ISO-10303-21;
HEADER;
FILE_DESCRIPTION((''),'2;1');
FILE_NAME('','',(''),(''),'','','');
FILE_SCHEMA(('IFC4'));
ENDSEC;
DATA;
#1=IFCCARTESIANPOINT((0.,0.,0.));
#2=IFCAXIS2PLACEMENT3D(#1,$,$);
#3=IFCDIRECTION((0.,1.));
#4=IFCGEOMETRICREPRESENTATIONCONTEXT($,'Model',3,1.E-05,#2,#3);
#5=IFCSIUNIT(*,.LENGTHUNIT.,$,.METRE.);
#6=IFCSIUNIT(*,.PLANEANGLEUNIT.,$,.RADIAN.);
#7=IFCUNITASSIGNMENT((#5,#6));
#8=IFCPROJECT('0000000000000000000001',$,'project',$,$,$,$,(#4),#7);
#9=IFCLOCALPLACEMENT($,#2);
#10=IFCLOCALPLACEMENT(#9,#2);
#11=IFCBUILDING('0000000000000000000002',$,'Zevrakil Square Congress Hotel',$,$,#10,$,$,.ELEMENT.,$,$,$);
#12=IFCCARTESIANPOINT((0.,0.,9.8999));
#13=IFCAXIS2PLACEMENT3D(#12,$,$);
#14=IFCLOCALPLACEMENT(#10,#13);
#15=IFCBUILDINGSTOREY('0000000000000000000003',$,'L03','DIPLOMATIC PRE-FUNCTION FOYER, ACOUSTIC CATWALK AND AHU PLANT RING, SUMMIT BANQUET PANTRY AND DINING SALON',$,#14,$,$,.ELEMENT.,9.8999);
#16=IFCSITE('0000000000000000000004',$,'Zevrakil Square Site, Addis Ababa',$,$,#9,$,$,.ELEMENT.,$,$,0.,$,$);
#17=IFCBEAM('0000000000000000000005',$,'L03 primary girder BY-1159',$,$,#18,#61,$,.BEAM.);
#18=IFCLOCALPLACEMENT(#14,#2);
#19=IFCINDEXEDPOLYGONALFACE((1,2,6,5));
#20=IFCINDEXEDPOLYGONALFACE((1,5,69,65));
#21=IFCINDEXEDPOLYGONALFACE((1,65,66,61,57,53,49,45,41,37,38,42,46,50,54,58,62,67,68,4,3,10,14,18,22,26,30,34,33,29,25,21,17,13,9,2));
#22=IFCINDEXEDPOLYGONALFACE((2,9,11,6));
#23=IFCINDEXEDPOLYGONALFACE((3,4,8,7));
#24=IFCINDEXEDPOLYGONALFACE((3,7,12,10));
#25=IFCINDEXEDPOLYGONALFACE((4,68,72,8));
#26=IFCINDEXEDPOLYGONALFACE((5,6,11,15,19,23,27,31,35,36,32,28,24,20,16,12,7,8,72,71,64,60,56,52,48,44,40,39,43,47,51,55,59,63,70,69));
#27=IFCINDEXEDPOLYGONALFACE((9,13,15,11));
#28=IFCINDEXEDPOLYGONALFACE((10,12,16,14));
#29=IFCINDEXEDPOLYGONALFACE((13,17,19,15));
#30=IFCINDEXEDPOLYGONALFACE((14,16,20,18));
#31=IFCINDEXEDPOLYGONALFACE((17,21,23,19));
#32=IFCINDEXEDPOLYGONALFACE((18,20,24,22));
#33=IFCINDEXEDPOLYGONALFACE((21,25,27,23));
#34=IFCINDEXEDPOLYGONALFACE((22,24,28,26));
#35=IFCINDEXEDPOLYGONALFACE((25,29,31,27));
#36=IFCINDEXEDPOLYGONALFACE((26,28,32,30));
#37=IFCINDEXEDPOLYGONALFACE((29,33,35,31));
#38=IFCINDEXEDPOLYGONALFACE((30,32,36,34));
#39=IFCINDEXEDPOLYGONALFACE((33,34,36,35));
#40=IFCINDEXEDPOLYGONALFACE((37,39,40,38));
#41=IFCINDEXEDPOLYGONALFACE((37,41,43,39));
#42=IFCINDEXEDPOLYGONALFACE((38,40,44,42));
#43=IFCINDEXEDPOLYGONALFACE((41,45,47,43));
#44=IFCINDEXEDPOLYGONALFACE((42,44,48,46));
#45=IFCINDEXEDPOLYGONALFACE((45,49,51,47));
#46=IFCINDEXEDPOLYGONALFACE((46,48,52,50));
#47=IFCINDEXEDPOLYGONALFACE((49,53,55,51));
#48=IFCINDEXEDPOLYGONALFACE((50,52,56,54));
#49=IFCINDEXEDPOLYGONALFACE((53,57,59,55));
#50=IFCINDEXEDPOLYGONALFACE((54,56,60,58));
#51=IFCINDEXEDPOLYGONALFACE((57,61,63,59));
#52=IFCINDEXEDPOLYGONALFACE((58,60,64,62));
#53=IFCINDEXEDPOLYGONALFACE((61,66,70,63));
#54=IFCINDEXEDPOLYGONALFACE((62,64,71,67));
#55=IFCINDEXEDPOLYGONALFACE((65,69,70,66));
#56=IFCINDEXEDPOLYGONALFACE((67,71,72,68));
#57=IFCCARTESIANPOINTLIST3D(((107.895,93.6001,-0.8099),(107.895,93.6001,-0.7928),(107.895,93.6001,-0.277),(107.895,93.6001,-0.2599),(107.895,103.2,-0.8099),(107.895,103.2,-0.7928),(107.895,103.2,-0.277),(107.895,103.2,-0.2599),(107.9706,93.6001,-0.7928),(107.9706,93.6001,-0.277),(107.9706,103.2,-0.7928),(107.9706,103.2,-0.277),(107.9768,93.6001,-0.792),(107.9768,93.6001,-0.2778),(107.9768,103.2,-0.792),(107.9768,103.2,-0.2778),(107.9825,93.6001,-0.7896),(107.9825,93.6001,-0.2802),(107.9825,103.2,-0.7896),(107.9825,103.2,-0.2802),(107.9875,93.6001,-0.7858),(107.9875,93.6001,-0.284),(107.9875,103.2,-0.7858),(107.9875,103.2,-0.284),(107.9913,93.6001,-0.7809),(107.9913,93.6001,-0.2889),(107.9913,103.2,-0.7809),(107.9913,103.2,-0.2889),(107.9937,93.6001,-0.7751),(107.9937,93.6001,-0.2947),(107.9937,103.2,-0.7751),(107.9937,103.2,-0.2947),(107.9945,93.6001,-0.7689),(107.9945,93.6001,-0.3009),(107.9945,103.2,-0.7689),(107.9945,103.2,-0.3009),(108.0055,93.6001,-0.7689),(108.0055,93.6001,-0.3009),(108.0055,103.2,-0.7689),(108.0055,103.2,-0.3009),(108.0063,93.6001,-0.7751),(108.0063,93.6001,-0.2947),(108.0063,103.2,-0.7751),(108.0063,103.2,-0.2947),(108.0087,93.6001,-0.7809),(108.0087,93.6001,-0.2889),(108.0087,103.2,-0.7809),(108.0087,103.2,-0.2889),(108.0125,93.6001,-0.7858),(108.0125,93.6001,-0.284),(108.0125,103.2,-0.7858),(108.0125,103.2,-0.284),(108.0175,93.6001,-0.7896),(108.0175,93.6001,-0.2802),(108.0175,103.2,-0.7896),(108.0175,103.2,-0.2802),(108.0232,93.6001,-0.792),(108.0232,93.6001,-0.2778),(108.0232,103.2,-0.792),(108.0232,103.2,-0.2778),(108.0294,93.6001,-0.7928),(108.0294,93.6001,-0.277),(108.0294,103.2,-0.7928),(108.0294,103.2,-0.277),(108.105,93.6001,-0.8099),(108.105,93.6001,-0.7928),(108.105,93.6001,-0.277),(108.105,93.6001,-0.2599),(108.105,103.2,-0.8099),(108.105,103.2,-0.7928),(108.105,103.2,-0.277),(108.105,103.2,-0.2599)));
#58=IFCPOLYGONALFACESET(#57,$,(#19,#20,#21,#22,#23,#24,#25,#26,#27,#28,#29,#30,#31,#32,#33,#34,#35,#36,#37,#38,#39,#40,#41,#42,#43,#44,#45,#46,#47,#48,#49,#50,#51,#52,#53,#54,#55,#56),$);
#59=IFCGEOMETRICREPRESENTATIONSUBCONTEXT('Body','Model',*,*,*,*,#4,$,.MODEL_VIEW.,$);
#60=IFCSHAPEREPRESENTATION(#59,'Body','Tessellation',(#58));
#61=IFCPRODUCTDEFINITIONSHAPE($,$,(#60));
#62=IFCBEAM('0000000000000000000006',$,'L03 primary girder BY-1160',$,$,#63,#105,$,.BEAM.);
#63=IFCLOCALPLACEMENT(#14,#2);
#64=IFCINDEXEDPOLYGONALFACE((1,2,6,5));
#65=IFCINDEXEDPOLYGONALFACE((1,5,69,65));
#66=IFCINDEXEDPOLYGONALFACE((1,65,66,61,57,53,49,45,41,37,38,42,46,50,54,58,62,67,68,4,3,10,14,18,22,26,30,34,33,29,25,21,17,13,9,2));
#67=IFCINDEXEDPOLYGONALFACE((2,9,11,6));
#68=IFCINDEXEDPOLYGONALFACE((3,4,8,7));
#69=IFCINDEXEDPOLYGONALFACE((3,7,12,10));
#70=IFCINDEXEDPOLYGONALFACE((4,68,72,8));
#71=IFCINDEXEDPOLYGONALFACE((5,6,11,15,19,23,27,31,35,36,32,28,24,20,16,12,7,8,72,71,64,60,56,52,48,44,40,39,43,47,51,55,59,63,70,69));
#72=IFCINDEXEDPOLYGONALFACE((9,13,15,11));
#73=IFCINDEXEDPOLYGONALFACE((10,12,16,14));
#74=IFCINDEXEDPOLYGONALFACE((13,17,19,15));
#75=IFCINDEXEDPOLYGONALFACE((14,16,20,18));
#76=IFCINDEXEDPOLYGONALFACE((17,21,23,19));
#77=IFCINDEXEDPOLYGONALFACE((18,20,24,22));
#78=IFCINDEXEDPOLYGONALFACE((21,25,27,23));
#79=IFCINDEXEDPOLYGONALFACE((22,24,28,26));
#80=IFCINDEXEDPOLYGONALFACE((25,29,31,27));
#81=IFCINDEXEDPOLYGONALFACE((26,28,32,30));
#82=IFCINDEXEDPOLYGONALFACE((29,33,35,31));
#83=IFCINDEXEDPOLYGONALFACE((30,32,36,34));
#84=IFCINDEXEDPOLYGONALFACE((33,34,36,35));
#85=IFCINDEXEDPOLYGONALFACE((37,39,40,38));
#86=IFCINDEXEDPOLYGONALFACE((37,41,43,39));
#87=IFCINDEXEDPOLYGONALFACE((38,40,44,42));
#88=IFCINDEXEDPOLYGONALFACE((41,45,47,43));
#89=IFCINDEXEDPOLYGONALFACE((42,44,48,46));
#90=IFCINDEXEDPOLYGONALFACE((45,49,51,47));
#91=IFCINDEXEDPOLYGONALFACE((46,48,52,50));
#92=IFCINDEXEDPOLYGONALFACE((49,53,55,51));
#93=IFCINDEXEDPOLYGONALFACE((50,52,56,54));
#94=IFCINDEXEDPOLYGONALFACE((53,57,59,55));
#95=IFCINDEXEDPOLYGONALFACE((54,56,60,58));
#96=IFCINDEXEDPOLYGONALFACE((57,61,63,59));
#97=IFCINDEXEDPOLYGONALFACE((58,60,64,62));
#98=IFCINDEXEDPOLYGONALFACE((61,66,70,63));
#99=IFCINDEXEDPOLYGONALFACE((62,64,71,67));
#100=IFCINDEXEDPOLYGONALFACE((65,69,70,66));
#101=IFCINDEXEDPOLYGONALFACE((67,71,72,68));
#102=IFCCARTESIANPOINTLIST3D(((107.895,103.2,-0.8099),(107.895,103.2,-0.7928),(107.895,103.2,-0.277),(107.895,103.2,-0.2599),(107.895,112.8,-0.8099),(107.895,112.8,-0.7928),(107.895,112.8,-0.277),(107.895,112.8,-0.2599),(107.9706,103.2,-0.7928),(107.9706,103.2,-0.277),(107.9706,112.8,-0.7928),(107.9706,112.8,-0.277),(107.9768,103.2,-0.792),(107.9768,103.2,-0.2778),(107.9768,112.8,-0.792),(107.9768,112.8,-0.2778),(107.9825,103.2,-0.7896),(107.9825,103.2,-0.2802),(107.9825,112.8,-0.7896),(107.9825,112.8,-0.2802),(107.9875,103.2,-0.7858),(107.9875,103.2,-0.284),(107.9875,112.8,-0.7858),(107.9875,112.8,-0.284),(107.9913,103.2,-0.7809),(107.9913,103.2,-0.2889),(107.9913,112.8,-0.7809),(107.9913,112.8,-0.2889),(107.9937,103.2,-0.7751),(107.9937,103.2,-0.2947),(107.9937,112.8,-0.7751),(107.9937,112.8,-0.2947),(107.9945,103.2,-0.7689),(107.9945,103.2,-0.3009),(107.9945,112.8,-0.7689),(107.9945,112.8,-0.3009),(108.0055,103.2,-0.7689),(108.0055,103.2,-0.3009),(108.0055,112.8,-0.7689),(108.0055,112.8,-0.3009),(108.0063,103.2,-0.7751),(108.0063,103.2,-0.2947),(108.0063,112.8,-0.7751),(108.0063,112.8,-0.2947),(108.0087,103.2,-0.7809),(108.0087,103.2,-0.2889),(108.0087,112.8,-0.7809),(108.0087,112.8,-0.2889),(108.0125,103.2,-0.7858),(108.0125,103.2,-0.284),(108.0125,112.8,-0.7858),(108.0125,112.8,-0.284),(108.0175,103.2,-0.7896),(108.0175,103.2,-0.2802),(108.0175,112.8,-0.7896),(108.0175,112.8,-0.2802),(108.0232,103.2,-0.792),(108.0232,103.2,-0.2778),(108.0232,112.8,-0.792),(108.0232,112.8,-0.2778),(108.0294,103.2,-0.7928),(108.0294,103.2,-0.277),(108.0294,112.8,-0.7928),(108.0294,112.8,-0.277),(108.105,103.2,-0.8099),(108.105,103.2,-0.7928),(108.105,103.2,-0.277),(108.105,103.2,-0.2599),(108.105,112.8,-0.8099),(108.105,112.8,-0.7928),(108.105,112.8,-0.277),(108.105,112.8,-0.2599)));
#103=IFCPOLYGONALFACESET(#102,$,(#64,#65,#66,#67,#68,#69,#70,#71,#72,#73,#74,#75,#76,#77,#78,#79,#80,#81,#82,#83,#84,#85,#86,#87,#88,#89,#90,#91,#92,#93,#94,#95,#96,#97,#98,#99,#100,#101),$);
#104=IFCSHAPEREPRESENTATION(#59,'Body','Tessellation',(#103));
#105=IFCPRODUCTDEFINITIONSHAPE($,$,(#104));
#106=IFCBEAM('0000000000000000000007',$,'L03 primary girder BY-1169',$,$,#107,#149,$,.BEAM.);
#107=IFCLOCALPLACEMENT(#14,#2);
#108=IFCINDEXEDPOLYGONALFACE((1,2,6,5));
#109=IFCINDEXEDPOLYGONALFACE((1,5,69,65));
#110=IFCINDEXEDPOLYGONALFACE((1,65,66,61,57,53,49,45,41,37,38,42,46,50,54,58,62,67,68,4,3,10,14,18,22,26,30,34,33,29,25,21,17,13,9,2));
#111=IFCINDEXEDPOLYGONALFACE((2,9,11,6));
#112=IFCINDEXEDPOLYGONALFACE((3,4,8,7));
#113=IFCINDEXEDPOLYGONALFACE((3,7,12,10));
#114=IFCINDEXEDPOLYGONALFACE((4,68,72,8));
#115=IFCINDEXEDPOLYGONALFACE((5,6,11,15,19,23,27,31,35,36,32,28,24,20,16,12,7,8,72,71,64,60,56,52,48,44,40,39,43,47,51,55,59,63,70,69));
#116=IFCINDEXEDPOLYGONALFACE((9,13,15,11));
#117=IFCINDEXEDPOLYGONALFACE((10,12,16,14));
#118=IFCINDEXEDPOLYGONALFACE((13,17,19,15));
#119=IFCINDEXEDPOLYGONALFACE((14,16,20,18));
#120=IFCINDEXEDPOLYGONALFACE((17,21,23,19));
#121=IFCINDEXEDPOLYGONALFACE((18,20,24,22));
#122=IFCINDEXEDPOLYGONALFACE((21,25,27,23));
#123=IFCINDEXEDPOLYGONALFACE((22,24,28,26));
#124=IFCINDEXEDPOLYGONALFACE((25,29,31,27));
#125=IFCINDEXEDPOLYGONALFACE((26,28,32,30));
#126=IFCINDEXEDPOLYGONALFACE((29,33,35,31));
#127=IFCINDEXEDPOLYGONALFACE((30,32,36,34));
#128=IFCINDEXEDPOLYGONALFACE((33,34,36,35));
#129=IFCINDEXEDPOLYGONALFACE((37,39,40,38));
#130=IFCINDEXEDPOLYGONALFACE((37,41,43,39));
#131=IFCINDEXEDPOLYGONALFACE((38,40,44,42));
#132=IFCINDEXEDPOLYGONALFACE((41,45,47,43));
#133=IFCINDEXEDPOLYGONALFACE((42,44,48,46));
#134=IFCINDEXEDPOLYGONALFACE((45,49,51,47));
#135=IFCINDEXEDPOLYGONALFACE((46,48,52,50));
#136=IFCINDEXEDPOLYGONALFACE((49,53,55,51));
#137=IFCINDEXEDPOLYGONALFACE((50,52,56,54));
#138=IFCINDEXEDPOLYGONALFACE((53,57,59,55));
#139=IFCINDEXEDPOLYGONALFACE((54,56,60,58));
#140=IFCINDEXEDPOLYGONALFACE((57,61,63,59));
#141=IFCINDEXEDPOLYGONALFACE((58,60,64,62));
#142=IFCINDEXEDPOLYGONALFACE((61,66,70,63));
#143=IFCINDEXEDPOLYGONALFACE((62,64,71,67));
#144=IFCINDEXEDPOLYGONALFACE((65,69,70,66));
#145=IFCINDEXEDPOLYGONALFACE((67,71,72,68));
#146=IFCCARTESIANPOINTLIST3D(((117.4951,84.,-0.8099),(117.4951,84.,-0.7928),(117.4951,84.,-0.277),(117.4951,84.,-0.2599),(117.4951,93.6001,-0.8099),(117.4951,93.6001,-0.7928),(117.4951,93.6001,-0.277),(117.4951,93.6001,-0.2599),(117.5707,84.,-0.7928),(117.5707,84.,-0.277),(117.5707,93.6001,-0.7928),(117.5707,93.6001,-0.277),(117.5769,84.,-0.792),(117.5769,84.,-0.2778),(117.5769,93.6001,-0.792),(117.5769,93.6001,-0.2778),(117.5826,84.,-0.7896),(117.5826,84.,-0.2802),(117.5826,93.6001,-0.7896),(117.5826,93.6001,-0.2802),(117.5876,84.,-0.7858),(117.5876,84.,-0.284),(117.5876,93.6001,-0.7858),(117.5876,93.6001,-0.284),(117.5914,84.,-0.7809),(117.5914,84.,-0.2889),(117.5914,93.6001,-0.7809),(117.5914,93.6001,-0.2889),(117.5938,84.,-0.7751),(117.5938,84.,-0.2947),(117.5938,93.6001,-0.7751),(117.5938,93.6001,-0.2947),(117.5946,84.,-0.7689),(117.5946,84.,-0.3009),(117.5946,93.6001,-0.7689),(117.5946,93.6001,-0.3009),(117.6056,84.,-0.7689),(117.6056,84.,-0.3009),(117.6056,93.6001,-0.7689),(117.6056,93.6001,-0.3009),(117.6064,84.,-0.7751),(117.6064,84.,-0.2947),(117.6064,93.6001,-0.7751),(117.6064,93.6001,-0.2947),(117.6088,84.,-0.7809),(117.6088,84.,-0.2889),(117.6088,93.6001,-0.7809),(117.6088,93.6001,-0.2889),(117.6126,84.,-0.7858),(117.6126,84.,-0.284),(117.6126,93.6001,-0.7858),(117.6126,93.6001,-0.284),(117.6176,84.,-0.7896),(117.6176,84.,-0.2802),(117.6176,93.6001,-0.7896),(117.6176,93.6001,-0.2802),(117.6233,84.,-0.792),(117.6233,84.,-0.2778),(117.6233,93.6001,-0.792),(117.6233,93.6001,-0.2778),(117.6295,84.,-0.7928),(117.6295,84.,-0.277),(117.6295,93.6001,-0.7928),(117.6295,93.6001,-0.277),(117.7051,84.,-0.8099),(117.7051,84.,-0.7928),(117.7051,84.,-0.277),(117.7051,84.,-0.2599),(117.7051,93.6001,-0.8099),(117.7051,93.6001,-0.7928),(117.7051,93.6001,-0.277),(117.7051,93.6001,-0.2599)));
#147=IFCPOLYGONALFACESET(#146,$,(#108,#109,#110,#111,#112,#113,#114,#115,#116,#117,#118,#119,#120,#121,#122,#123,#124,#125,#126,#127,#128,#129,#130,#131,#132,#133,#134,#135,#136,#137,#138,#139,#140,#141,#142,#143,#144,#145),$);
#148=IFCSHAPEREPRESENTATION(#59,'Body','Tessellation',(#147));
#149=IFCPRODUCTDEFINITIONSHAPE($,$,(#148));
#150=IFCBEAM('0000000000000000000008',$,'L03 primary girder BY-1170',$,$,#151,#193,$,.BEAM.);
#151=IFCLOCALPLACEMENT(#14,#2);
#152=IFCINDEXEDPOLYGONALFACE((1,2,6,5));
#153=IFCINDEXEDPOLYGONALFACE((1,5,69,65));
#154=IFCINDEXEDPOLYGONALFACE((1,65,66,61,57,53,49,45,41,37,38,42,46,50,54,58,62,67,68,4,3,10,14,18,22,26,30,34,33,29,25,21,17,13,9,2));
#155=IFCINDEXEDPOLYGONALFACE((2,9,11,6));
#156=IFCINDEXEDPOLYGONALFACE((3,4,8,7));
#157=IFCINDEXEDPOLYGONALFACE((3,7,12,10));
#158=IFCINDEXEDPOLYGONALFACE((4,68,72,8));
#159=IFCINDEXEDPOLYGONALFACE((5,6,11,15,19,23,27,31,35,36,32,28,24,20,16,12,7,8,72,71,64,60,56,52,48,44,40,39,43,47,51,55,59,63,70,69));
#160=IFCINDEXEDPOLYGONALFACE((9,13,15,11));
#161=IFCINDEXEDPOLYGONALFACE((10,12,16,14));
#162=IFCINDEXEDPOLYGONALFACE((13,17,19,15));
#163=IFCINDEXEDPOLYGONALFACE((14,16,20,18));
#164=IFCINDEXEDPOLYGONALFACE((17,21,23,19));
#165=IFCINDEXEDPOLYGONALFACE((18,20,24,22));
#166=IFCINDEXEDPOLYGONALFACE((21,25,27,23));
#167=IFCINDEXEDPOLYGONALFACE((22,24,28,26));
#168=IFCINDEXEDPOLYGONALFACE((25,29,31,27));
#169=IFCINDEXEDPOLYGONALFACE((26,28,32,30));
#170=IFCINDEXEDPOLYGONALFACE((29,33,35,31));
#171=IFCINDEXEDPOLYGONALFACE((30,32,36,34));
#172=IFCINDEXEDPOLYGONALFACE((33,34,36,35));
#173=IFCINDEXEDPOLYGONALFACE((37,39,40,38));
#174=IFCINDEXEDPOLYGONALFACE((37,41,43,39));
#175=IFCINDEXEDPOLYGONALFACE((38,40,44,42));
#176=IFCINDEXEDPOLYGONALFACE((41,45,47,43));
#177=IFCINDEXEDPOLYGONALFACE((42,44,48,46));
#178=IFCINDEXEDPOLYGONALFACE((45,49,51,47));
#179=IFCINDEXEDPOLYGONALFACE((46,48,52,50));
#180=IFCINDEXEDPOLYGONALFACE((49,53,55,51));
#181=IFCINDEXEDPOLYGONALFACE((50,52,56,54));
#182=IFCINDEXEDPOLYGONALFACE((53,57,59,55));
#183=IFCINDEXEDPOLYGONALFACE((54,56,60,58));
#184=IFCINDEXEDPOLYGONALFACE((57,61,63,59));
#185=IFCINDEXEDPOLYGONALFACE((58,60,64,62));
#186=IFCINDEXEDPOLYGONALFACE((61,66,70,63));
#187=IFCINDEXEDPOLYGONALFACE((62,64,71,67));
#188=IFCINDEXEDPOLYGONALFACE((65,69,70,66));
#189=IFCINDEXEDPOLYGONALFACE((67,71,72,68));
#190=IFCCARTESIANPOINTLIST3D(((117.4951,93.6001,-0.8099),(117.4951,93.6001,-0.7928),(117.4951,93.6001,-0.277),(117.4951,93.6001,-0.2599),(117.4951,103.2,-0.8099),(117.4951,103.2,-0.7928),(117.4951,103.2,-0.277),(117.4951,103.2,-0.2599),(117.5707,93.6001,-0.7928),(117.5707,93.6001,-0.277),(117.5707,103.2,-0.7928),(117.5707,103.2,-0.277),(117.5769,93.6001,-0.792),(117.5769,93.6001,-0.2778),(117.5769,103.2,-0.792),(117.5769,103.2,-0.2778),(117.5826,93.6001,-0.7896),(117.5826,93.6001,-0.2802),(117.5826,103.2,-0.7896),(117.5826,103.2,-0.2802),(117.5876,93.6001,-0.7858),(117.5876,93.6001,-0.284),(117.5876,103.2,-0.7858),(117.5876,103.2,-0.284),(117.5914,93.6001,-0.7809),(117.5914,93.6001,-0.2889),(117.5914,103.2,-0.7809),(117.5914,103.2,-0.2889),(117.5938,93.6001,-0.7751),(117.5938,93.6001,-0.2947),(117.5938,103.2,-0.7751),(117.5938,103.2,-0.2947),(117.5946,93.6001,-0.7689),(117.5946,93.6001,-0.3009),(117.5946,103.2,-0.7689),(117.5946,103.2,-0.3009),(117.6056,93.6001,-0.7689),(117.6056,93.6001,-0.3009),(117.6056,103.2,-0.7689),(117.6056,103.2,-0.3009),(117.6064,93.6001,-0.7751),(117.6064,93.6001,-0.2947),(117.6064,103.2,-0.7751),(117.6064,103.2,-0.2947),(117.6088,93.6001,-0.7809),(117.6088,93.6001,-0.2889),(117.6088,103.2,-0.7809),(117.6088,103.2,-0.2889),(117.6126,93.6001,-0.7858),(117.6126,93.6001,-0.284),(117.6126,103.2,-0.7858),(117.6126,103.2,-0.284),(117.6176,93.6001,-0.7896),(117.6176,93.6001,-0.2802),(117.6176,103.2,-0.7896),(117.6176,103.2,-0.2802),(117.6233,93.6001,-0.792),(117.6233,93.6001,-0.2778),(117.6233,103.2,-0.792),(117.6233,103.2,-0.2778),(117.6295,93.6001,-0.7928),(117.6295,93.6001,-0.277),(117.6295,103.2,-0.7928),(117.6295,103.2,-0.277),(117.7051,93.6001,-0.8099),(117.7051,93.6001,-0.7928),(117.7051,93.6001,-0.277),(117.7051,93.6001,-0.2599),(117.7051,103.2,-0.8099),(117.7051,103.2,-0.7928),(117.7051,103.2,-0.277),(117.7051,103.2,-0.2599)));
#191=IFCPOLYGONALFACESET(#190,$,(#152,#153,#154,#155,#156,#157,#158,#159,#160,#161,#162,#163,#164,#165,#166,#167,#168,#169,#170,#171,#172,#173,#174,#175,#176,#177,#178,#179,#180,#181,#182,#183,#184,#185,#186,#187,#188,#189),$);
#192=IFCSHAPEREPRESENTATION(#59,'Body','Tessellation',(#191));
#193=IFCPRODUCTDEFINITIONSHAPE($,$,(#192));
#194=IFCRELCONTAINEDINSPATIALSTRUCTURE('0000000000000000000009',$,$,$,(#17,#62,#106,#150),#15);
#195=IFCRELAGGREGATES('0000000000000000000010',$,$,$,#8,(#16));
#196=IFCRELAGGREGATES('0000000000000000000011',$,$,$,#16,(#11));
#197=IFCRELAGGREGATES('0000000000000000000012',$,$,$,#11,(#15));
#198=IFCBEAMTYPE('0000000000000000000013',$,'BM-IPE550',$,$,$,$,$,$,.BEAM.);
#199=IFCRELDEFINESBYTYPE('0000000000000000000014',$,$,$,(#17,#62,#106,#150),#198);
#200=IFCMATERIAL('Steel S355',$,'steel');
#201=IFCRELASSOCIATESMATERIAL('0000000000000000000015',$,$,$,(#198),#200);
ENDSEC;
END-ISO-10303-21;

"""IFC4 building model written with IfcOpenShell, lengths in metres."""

from ifc_helpers import new_model, si_unit, direction, frame, origin, origin_2d, place, context, subcontext, project, spatial, i_section, extrude, material, material_profile, profile_set, type_object, element, save


model = new_model("IFC4")

# Units and contexts
model_context = context("Model", 3, precision=1e-05, world=origin(), true_north=direction((0.0, 1.0)))
body_context = subcontext(model_context, "Body", "Model", "MODEL_VIEW")
ifc_project = project(units=[si_unit("LENGTHUNIT", "METRE"), si_unit("PLANEANGLEUNIT", "RADIAN")], contexts=[model_context])

# Site, building, storey
site_placement = place(None, origin())
site = spatial("IfcSite", under=ifc_project, at=site_placement, Name="Zevrakil Square Site, Addis Ababa", CompositionType="ELEMENT", RefElevation=0.0)
building_placement = place(site_placement, origin())
building = spatial("IfcBuilding", under=site, at=building_placement, Name="Zevrakil Square Congress Hotel", CompositionType="ELEMENT")
storey_placement = place(building_placement, frame((0.0, 0.0, 9.8999)))
storey = spatial("IfcBuildingStorey", under=building, at=storey_placement, Name="L03", Description="DIPLOMATIC PRE-FUNCTION FOYER, ACOUSTIC CATWALK AND AHU PLANT RING, SUMMIT BANQUET PANTRY AND DINING SALON", CompositionType="ELEMENT", Elevation=9.8999)

# Beams
ifc_material_1 = material(Name="Steel S355", Category="steel")
ifc_material_profile_1 = material_profile(ifc_material_1, i_section(OverallWidth=0.21, OverallDepth=0.55, WebThickness=0.011, FlangeThickness=0.0171, FilletRadius=0.0239, at=origin_2d()), Name="IPE 550")
ifc_profile_set_1 = profile_set([ifc_material_profile_1], Name="Steel S355")
beam_type_1 = type_object("IfcBeamType", Name="BM-IPE550", PredefinedType="BEAM", material=ifc_profile_set_1)
beam_1_placement = place(storey_placement, frame((108.0, 93.6001, -0.5349), z_axis=(0.0, 1.0, 0.0), x_axis=(-1.0, 0.0, 0.0)))
element("IfcBeam", 1, at=beam_1_placement, inside=storey, type_object=beam_type_1, Name="L03 primary girder BY-1159", PredefinedType="BEAM", context=body_context, shape_type="SweptSolid", body=[
    extrude(i_section(OverallWidth=0.21, OverallDepth=0.55, WebThickness=0.011, FlangeThickness=0.0171, FilletRadius=0.0239, at=origin_2d()), origin(), (0.0, 0.0, 1.0), 9.5999),
])
for number, where, z_axis, x_axis, name in (
    (2, (108.0, 103.2, -0.5349), (0.0, 1.0, 0.0), (-1.0, 0.0, 0.0), "L03 primary girder BY-1160"),
    (3, (117.6001, 84.0, -0.5349), (0.0, 1.0, 0.0), (-1.0, 0.0, 0.0), "L03 primary girder BY-1169"),
):
    element("IfcBeam", number, at=place(storey_placement, frame(where, z_axis=z_axis, x_axis=x_axis)), inside=storey, type_object=beam_type_1, Name=name, PredefinedType="BEAM", context=body_context, shape_type="SweptSolid", body=[
        extrude(i_section(OverallWidth=0.21, OverallDepth=0.55, WebThickness=0.011, FlangeThickness=0.0171, FilletRadius=0.0239, at=origin_2d()), origin(), (0.0, 0.0, 1.0), 9.6001),
    ])
beam_2_placement = place(storey_placement, frame((117.6001, 93.6001, -0.5349), z_axis=(0.0, 1.0, 0.0), x_axis=(-1.0, 0.0, 0.0)))
element("IfcBeam", 4, at=beam_2_placement, inside=storey, type_object=beam_type_1, Name="L03 primary girder BY-1170", PredefinedType="BEAM", context=body_context, shape_type="SweptSolid", body=[
    extrude(i_section(OverallWidth=0.21, OverallDepth=0.55, WebThickness=0.011, FlangeThickness=0.0171, FilletRadius=0.0239, at=origin_2d()), origin(), (0.0, 0.0, 1.0), 9.5999),
])

save(model, "model.ifc")
